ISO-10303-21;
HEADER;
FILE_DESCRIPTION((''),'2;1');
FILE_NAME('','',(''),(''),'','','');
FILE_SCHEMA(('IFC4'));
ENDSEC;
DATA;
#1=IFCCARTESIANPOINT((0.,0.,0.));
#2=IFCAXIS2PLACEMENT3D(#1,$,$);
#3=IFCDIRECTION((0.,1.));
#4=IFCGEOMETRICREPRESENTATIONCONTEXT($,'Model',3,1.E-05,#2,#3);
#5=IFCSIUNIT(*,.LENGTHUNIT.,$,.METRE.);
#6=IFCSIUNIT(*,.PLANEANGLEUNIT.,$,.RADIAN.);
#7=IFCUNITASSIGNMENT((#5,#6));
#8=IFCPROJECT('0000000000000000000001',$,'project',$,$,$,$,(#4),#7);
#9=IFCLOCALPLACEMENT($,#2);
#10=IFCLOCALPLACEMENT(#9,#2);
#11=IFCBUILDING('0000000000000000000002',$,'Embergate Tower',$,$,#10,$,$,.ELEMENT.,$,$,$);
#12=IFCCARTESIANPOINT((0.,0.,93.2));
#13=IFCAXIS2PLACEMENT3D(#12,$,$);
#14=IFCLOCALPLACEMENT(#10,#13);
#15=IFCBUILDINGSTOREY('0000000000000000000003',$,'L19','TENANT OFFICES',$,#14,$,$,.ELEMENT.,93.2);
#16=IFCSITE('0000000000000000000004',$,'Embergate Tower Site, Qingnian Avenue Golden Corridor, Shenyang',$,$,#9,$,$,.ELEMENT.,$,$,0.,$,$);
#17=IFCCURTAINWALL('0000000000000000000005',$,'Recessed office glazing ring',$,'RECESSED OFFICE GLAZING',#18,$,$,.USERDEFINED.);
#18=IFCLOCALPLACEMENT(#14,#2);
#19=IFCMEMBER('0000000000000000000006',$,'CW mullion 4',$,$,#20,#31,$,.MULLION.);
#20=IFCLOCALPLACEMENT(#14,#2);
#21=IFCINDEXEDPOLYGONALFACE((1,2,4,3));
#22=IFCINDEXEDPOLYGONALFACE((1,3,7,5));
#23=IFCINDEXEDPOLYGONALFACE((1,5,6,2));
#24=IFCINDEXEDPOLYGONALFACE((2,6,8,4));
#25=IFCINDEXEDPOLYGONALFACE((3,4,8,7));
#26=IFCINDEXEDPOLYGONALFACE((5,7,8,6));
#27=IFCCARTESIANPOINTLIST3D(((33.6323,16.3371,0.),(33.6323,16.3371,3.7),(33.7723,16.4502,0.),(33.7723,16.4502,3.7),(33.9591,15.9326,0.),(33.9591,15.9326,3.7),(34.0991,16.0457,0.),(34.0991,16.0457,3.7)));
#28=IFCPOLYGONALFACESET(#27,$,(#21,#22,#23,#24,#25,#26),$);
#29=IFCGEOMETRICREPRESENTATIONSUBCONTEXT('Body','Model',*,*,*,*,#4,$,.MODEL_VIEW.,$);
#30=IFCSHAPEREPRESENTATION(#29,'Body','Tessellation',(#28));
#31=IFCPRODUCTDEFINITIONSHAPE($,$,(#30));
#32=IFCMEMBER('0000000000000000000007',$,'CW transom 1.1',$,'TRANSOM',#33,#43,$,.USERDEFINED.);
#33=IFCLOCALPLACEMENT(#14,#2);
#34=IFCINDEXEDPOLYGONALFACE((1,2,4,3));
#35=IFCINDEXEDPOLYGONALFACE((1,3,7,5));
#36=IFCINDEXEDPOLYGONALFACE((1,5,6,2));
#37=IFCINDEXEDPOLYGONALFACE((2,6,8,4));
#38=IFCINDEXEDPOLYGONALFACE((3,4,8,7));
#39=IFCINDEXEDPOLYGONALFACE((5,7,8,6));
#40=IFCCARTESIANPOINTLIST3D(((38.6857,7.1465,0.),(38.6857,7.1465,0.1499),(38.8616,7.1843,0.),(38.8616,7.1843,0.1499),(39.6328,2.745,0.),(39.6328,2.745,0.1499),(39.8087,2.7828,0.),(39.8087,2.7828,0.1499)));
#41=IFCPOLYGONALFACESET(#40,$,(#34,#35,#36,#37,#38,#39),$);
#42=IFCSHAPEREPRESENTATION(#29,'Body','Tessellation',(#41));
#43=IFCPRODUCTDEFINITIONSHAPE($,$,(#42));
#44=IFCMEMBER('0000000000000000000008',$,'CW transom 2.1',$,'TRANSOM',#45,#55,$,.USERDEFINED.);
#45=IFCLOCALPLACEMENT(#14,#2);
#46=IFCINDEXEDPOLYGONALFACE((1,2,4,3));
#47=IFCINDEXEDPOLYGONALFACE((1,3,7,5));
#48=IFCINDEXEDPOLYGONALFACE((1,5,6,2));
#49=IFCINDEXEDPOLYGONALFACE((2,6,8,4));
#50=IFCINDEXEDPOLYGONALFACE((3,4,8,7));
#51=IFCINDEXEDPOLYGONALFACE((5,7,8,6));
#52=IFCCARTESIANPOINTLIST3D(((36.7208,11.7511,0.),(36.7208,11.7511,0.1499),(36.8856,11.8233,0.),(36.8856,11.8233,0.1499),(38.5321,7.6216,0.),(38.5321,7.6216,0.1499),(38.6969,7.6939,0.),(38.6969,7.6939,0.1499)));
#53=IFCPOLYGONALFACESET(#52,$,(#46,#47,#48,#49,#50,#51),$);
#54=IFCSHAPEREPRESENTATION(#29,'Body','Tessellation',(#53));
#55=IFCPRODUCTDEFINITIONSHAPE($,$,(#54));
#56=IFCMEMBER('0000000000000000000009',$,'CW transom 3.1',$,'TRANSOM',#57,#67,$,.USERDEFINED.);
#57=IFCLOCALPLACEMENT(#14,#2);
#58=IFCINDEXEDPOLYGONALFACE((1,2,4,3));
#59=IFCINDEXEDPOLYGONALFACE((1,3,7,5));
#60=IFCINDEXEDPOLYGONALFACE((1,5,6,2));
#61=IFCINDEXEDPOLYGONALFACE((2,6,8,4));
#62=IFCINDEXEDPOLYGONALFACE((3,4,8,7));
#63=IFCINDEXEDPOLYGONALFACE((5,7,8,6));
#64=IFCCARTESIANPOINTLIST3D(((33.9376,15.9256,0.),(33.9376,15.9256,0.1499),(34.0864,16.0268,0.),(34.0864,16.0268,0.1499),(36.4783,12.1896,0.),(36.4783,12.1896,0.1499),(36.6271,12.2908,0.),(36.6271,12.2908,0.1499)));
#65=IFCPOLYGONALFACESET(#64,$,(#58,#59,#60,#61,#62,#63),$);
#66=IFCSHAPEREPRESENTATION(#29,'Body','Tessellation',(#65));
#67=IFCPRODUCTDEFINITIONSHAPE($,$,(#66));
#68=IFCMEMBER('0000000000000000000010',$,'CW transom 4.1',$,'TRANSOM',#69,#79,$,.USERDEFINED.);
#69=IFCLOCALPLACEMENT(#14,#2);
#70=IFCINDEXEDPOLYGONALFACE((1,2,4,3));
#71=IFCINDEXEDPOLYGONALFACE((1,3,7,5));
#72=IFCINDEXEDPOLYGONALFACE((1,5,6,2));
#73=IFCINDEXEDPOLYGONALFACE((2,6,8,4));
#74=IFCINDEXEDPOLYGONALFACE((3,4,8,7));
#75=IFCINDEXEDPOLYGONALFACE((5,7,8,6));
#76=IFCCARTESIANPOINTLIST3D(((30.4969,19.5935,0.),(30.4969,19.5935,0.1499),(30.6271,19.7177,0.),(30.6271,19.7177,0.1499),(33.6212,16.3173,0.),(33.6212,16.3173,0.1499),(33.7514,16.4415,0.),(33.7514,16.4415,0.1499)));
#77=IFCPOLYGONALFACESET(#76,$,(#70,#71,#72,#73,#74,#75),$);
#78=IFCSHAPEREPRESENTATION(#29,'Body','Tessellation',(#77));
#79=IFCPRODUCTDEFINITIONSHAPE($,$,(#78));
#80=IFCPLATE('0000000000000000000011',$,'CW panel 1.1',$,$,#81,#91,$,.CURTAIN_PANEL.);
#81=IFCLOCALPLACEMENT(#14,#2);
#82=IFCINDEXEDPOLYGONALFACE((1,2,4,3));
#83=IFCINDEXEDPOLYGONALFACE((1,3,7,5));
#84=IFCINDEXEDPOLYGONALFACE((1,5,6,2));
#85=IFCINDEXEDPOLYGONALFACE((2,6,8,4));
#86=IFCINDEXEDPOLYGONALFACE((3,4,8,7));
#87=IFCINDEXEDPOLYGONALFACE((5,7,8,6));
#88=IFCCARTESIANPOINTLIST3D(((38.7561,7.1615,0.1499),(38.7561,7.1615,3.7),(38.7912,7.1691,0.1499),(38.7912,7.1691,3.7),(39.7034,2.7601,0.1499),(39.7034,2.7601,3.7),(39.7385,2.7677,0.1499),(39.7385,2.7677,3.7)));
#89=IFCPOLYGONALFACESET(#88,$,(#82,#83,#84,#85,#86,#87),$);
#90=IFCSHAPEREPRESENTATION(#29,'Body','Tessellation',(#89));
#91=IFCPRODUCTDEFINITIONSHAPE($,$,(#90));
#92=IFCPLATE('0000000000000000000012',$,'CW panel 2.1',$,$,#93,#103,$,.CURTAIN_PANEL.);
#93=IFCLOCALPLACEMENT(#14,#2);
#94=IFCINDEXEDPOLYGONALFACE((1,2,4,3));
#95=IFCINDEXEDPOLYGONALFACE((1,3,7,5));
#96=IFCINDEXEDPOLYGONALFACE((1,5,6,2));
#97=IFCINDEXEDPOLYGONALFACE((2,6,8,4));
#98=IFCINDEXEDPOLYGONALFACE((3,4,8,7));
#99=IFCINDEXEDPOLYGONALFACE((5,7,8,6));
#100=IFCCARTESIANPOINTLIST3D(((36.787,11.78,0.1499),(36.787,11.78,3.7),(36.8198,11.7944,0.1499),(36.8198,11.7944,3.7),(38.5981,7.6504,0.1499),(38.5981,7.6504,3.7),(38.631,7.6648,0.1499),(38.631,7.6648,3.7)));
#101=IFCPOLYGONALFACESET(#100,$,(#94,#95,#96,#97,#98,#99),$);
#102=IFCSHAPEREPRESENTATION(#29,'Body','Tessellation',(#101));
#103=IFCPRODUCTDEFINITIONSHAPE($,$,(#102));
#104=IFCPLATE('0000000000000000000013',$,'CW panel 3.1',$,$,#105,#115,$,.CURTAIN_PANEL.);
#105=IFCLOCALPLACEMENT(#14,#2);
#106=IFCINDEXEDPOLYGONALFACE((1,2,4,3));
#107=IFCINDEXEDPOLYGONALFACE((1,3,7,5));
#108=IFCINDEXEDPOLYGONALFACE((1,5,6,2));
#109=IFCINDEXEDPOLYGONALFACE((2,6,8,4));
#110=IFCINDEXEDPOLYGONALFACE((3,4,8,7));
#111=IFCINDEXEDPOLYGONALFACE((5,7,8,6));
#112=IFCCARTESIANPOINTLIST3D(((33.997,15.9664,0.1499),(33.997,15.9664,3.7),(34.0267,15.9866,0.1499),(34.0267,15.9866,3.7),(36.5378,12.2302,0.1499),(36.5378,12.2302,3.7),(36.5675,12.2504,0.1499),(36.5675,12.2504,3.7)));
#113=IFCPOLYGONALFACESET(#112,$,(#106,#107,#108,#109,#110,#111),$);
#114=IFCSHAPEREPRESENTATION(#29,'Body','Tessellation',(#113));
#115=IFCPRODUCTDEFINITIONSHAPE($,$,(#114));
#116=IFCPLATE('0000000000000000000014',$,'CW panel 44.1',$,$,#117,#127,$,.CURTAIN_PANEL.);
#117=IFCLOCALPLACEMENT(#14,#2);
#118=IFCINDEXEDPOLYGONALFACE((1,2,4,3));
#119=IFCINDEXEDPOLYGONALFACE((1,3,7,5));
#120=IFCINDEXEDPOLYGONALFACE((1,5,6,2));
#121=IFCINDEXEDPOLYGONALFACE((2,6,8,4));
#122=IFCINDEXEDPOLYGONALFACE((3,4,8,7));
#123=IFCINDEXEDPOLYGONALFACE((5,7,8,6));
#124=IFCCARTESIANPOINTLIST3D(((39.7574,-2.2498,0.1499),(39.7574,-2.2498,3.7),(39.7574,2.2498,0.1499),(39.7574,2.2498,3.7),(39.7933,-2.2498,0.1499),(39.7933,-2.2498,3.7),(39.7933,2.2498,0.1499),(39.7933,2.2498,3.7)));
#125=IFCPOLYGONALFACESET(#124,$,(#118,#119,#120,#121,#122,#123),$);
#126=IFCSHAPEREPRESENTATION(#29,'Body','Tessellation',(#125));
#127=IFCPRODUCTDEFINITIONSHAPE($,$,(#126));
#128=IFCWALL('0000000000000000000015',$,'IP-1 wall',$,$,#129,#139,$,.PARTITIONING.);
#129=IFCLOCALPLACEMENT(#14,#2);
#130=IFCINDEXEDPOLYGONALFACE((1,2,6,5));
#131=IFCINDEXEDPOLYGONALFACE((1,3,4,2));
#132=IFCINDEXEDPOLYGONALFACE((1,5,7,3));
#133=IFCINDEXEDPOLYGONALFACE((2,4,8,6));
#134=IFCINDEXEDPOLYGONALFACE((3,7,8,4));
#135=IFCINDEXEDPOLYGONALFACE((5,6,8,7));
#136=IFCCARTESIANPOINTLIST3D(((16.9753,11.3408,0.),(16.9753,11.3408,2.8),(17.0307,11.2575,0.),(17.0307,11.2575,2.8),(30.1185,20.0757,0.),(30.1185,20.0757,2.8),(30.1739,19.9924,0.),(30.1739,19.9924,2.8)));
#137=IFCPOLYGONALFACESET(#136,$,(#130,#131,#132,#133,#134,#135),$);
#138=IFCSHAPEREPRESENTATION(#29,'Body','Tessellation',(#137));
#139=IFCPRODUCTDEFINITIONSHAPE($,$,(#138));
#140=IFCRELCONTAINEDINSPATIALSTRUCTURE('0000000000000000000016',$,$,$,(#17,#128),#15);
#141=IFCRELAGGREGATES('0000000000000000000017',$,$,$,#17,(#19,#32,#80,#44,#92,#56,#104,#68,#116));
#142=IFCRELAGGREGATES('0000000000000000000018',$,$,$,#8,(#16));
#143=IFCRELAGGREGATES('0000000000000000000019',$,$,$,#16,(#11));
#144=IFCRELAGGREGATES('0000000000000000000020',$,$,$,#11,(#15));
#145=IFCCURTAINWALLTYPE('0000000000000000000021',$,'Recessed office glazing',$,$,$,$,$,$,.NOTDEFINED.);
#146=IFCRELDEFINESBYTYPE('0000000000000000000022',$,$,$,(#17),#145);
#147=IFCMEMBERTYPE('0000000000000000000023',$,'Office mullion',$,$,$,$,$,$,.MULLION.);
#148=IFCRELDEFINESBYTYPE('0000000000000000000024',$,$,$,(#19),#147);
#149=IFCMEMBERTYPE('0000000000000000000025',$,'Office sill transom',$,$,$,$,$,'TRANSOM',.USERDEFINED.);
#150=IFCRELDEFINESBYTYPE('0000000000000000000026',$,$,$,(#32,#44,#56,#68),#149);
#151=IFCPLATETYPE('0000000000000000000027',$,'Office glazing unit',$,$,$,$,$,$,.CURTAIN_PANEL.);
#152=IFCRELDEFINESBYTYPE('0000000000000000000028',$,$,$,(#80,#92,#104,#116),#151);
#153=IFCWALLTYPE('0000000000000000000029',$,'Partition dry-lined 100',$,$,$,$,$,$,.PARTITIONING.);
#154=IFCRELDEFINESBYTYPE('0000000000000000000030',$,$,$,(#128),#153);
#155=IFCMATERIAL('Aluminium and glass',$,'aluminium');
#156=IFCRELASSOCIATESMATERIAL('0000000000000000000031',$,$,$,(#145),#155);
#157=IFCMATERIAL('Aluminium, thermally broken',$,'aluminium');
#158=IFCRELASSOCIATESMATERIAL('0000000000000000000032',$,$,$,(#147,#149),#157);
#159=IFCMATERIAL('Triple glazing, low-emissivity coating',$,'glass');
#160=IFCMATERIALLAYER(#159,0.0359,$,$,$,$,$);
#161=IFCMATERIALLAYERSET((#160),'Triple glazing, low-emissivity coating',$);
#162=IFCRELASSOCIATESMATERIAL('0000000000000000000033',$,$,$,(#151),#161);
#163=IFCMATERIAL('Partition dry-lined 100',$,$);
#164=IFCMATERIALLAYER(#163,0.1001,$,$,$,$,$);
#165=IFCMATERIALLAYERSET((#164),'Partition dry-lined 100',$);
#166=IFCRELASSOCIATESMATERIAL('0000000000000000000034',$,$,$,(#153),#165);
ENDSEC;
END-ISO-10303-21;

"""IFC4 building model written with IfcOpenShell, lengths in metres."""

from ifc_helpers import new_model, si_unit, direction, frame, frame_2d, origin, origin_2d, place, context, subcontext, project, spatial, rectangle, extrude, source, transform, mapped, material, layer, layer_set, material_profile, profile_set, type_object, element, aggregate, save


model = new_model("IFC4")

# Units and contexts
model_context = context("Model", 3, precision=1e-05, world=origin(), true_north=direction((0.0, 1.0)))
body_context = subcontext(model_context, "Body", "Model", "MODEL_VIEW")
ifc_project = project(units=[si_unit("LENGTHUNIT", "METRE"), si_unit("PLANEANGLEUNIT", "RADIAN")], contexts=[model_context])

# Site, building, storey
site_placement = place(None, origin())
site = spatial("IfcSite", under=ifc_project, at=site_placement, Name="Embergate Tower Site, Qingnian Avenue Golden Corridor, Shenyang", CompositionType="ELEMENT", RefElevation=0.0)
building_placement = place(site_placement, origin())
building = spatial("IfcBuilding", under=site, at=building_placement, Name="Embergate Tower", CompositionType="ELEMENT")
storey_placement = place(building_placement, frame((0.0, 0.0, 93.2)))
storey = spatial("IfcBuildingStorey", under=building, at=storey_placement, Name="L19", Description="TENANT OFFICES", CompositionType="ELEMENT", Elevation=93.2)

# Curtain wall, members, plates
ifc_material_1 = material(Name="Aluminium and glass", Category="aluminium")
curtain_wall_type = type_object("IfcCurtainWallType", Name="Recessed office glazing", PredefinedType="NOTDEFINED", material=ifc_material_1)
curtain_wall_placement = place(storey_placement, origin())
curtain_wall = element("IfcCurtainWall", 1, at=curtain_wall_placement, inside=storey, type_object=curtain_wall_type, Name="Recessed office glazing ring", ObjectType="RECESSED OFFICE GLAZING", PredefinedType="USERDEFINED")
ifc_material_2 = material(Name="Aluminium, thermally broken", Category="aluminium")
ifc_material_profile_1 = material_profile(ifc_material_2, rectangle(XDim=0.1799, YDim=0.52, at=origin_2d()), Name="AL 520x180")
ifc_profile_set_1 = profile_set([ifc_material_profile_1], Name="Aluminium, thermally broken")
member_type_1 = type_object("IfcMemberType", Name="Office mullion", PredefinedType="MULLION", material=ifc_profile_set_1)
shared_shape_1 = source(origin(), body_context, "Body", "SweptSolid", [
    extrude(rectangle(XDim=0.1799, YDim=0.52, at=origin_2d()), origin(), (0.0, 0.0, 1.0), 3.7),
])
member_1_placement = place(storey_placement, frame((33.8657, 16.1914, 0.0), z_axis=(0.0, 0.0, 1.0), x_axis=(-0.777878, -0.628415, 0.0)))
member_1 = element("IfcMember", 2, at=member_1_placement, type_object=member_type_1, Name="CW mullion 4", PredefinedType="MULLION", context=body_context, shape_type="MappedRepresentation", body=[
    mapped(shared_shape_1, transform((0.0, 0.0, 0.0))),
])
ifc_material_profile_2 = material_profile(ifc_material_2, rectangle(XDim=0.1799, YDim=0.1499, at=origin_2d()), Name="AL 150x180")
ifc_profile_set_2 = profile_set([ifc_material_profile_2], Name="Aluminium, thermally broken")
member_type_2 = type_object("IfcMemberType", Name="Office sill transom", ElementType="TRANSOM", PredefinedType="USERDEFINED", material=ifc_profile_set_2)
shared_shape_2 = source(origin(), body_context, "Body", "SweptSolid", [
    extrude(rectangle(XDim=0.1799, YDim=0.1499, at=origin_2d()), origin(), (0.0, 0.0, 1.0), 4.5022),
])
member_2_placement = place(storey_placement, frame((39.7207, 2.7639, 0.075), z_axis=(-0.210351, 0.977626, 0.0), x_axis=(-0.977626, -0.210351, 0.0)))
member_2 = element("IfcMember", 3, at=member_2_placement, type_object=member_type_2, Name="CW transom 1.1", ObjectType="TRANSOM", PredefinedType="USERDEFINED", context=body_context, shape_type="MappedRepresentation", body=[
    mapped(shared_shape_2, transform((0.0, 0.0, 0.0))),
])
shared_shape_3 = source(origin(), body_context, "Body", "SweptSolid", [
    extrude(rectangle(XDim=0.1799, YDim=0.1499, at=origin_2d()), origin(), (0.0, 0.0, 1.0), 4.5093),
])
member_3_placement = place(storey_placement, frame((38.6145, 7.6577, 0.075), z_axis=(-0.401688, 0.915777, 0.0), x_axis=(-0.915777, -0.401688, 0.0)))
member_3 = element("IfcMember", 4, at=member_3_placement, type_object=member_type_2, Name="CW transom 2.1", ObjectType="TRANSOM", PredefinedType="USERDEFINED", context=body_context, shape_type="MappedRepresentation", body=[
    mapped(shared_shape_3, transform((0.0, 0.0, 0.0))),
])
shared_shape_4 = source(origin(), body_context, "Body", "SweptSolid", [
    extrude(rectangle(XDim=0.1799, YDim=0.1499, at=origin_2d()), origin(), (0.0, 0.0, 1.0), 4.5181),
])
member_4_placement = place(storey_placement, frame((36.5527, 12.2402, 0.075), z_axis=(-0.562345, 0.826902, 0.0), x_axis=(-0.826902, -0.562345, 0.0)))
member_4 = element("IfcMember", 5, at=member_4_placement, type_object=member_type_2, Name="CW transom 3.1", ObjectType="TRANSOM", PredefinedType="USERDEFINED", context=body_context, shape_type="MappedRepresentation", body=[
    mapped(shared_shape_4, transform((0.0, 0.0, 0.0))),
])
shared_shape_5 = source(origin(), body_context, "Body", "SweptSolid", [
    extrude(rectangle(XDim=0.1799, YDim=0.1499, at=origin_2d()), origin(), (0.0, 0.0, 1.0), 4.5271),
])
member_5_placement = place(storey_placement, frame((33.6863, 16.3794, 0.075), z_axis=(-0.690136, 0.72368, 0.0), x_axis=(-0.72368, -0.690136, 0.0)))
member_5 = element("IfcMember", 6, at=member_5_placement, type_object=member_type_2, Name="CW transom 4.1", ObjectType="TRANSOM", PredefinedType="USERDEFINED", context=body_context, shape_type="MappedRepresentation", body=[
    mapped(shared_shape_5, transform((0.0, 0.0, 0.0))),
])
ifc_material_3 = material(Name="Triple glazing, low-emissivity coating", Category="glass")
ifc_layer_1 = layer(ifc_material_3, 0.0359)
ifc_layer_set_1 = layer_set([ifc_layer_1], Name="Triple glazing, low-emissivity coating")
plate_type = type_object("IfcPlateType", Name="Office glazing unit", PredefinedType="CURTAIN_PANEL", material=ifc_layer_set_1)
shared_shape_6 = source(origin(), body_context, "Body", "SweptSolid", [
    extrude(rectangle(XDim=4.5022, YDim=0.0359, at=origin_2d()), origin(), (0.0, 0.0, 1.0), 3.55),
])
plate_1_placement = place(storey_placement, frame((39.2473, 4.9646, 0.1499), z_axis=(0.0, 0.0, 1.0), x_axis=(-0.210397, 0.977616, 0.0)))
plate_1 = element("IfcPlate", 7, at=plate_1_placement, type_object=plate_type, Name="CW panel 1.1", PredefinedType="CURTAIN_PANEL", context=body_context, shape_type="MappedRepresentation", body=[
    mapped(shared_shape_6, transform((0.0, 0.0, 0.0))),
])
shared_shape_7 = source(origin(), body_context, "Body", "SweptSolid", [
    extrude(rectangle(XDim=4.5093, YDim=0.0359, at=origin_2d()), origin(), (0.0, 0.0, 1.0), 3.55),
])
plate_2_placement = place(storey_placement, frame((37.709, 9.7224, 0.1499), z_axis=(0.0, 0.0, 1.0), x_axis=(-0.401651, 0.915793, 0.0)))
plate_2 = element("IfcPlate", 8, at=plate_2_placement, type_object=plate_type, Name="CW panel 2.1", PredefinedType="CURTAIN_PANEL", context=body_context, shape_type="MappedRepresentation", body=[
    mapped(shared_shape_7, transform((0.0, 0.0, 0.0))),
])
shared_shape_8 = source(origin(), body_context, "Body", "SweptSolid", [
    extrude(rectangle(XDim=4.5183, YDim=0.0359, at=origin_2d()), origin(), (0.0, 0.0, 1.0), 3.55),
])
plate_3_placement = place(storey_placement, frame((35.2822, 14.1084, 0.1499), z_axis=(0.0, 0.0, 1.0), x_axis=(-0.56234, 0.826906, 0.0)))
plate_3 = element("IfcPlate", 9, at=plate_3_placement, type_object=plate_type, Name="CW panel 3.1", PredefinedType="CURTAIN_PANEL", context=body_context, shape_type="MappedRepresentation", body=[
    mapped(shared_shape_8, transform((0.0, 0.0, 0.0))),
])
shared_shape_9 = source(origin(), body_context, "Body", "SweptSolid", [
    extrude(rectangle(XDim=4.4995, YDim=0.0359, at=origin_2d()), origin(), (0.0, 0.0, 1.0), 3.55),
])
plate_4_placement = place(storey_placement, frame((39.7754, 0.0, 0.1499), z_axis=(0.0, 0.0, 1.0), x_axis=(0.0, 1.0, 0.0)))
plate_4 = element("IfcPlate", 10, at=plate_4_placement, type_object=plate_type, Name="CW panel 44.1", PredefinedType="CURTAIN_PANEL", context=body_context, shape_type="MappedRepresentation", body=[
    mapped(shared_shape_9, transform((0.0, 0.0, 0.0))),
])
aggregate(curtain_wall, [member_1, member_2, plate_1, member_3, plate_2, member_4, plate_3, member_5, plate_4])

# Wall
ifc_material_4 = material(Name="Partition dry-lined 100")
ifc_layer_2 = layer(ifc_material_4, 0.1001)
ifc_layer_set_2 = layer_set([ifc_layer_2], Name="Partition dry-lined 100")
wall_type = type_object("IfcWallType", Name="Partition dry-lined 100", PredefinedType="PARTITIONING", material=ifc_layer_set_2)
shared_shape_10 = source(origin(), body_context, "Body", "SweptSolid", [
    extrude(rectangle(XDim=15.781, YDim=0.1001, at=frame_2d((7.8906, 0.0))), origin(), (0.0, 0.0, 1.0), 2.8),
])
wall_placement = place(storey_placement, frame((17.0029, 11.2991, 0.0), z_axis=(0.0, 0.0, 1.0), x_axis=(0.832844, 0.553507, 0.0)))
element("IfcWall", 11, at=wall_placement, inside=storey, type_object=wall_type, Name="IP-1 wall", PredefinedType="PARTITIONING", context=body_context, shape_type="MappedRepresentation", body=[
    mapped(shared_shape_10, transform((0.0, 0.0, 0.0))),
])

save(model, "model.ifc")
